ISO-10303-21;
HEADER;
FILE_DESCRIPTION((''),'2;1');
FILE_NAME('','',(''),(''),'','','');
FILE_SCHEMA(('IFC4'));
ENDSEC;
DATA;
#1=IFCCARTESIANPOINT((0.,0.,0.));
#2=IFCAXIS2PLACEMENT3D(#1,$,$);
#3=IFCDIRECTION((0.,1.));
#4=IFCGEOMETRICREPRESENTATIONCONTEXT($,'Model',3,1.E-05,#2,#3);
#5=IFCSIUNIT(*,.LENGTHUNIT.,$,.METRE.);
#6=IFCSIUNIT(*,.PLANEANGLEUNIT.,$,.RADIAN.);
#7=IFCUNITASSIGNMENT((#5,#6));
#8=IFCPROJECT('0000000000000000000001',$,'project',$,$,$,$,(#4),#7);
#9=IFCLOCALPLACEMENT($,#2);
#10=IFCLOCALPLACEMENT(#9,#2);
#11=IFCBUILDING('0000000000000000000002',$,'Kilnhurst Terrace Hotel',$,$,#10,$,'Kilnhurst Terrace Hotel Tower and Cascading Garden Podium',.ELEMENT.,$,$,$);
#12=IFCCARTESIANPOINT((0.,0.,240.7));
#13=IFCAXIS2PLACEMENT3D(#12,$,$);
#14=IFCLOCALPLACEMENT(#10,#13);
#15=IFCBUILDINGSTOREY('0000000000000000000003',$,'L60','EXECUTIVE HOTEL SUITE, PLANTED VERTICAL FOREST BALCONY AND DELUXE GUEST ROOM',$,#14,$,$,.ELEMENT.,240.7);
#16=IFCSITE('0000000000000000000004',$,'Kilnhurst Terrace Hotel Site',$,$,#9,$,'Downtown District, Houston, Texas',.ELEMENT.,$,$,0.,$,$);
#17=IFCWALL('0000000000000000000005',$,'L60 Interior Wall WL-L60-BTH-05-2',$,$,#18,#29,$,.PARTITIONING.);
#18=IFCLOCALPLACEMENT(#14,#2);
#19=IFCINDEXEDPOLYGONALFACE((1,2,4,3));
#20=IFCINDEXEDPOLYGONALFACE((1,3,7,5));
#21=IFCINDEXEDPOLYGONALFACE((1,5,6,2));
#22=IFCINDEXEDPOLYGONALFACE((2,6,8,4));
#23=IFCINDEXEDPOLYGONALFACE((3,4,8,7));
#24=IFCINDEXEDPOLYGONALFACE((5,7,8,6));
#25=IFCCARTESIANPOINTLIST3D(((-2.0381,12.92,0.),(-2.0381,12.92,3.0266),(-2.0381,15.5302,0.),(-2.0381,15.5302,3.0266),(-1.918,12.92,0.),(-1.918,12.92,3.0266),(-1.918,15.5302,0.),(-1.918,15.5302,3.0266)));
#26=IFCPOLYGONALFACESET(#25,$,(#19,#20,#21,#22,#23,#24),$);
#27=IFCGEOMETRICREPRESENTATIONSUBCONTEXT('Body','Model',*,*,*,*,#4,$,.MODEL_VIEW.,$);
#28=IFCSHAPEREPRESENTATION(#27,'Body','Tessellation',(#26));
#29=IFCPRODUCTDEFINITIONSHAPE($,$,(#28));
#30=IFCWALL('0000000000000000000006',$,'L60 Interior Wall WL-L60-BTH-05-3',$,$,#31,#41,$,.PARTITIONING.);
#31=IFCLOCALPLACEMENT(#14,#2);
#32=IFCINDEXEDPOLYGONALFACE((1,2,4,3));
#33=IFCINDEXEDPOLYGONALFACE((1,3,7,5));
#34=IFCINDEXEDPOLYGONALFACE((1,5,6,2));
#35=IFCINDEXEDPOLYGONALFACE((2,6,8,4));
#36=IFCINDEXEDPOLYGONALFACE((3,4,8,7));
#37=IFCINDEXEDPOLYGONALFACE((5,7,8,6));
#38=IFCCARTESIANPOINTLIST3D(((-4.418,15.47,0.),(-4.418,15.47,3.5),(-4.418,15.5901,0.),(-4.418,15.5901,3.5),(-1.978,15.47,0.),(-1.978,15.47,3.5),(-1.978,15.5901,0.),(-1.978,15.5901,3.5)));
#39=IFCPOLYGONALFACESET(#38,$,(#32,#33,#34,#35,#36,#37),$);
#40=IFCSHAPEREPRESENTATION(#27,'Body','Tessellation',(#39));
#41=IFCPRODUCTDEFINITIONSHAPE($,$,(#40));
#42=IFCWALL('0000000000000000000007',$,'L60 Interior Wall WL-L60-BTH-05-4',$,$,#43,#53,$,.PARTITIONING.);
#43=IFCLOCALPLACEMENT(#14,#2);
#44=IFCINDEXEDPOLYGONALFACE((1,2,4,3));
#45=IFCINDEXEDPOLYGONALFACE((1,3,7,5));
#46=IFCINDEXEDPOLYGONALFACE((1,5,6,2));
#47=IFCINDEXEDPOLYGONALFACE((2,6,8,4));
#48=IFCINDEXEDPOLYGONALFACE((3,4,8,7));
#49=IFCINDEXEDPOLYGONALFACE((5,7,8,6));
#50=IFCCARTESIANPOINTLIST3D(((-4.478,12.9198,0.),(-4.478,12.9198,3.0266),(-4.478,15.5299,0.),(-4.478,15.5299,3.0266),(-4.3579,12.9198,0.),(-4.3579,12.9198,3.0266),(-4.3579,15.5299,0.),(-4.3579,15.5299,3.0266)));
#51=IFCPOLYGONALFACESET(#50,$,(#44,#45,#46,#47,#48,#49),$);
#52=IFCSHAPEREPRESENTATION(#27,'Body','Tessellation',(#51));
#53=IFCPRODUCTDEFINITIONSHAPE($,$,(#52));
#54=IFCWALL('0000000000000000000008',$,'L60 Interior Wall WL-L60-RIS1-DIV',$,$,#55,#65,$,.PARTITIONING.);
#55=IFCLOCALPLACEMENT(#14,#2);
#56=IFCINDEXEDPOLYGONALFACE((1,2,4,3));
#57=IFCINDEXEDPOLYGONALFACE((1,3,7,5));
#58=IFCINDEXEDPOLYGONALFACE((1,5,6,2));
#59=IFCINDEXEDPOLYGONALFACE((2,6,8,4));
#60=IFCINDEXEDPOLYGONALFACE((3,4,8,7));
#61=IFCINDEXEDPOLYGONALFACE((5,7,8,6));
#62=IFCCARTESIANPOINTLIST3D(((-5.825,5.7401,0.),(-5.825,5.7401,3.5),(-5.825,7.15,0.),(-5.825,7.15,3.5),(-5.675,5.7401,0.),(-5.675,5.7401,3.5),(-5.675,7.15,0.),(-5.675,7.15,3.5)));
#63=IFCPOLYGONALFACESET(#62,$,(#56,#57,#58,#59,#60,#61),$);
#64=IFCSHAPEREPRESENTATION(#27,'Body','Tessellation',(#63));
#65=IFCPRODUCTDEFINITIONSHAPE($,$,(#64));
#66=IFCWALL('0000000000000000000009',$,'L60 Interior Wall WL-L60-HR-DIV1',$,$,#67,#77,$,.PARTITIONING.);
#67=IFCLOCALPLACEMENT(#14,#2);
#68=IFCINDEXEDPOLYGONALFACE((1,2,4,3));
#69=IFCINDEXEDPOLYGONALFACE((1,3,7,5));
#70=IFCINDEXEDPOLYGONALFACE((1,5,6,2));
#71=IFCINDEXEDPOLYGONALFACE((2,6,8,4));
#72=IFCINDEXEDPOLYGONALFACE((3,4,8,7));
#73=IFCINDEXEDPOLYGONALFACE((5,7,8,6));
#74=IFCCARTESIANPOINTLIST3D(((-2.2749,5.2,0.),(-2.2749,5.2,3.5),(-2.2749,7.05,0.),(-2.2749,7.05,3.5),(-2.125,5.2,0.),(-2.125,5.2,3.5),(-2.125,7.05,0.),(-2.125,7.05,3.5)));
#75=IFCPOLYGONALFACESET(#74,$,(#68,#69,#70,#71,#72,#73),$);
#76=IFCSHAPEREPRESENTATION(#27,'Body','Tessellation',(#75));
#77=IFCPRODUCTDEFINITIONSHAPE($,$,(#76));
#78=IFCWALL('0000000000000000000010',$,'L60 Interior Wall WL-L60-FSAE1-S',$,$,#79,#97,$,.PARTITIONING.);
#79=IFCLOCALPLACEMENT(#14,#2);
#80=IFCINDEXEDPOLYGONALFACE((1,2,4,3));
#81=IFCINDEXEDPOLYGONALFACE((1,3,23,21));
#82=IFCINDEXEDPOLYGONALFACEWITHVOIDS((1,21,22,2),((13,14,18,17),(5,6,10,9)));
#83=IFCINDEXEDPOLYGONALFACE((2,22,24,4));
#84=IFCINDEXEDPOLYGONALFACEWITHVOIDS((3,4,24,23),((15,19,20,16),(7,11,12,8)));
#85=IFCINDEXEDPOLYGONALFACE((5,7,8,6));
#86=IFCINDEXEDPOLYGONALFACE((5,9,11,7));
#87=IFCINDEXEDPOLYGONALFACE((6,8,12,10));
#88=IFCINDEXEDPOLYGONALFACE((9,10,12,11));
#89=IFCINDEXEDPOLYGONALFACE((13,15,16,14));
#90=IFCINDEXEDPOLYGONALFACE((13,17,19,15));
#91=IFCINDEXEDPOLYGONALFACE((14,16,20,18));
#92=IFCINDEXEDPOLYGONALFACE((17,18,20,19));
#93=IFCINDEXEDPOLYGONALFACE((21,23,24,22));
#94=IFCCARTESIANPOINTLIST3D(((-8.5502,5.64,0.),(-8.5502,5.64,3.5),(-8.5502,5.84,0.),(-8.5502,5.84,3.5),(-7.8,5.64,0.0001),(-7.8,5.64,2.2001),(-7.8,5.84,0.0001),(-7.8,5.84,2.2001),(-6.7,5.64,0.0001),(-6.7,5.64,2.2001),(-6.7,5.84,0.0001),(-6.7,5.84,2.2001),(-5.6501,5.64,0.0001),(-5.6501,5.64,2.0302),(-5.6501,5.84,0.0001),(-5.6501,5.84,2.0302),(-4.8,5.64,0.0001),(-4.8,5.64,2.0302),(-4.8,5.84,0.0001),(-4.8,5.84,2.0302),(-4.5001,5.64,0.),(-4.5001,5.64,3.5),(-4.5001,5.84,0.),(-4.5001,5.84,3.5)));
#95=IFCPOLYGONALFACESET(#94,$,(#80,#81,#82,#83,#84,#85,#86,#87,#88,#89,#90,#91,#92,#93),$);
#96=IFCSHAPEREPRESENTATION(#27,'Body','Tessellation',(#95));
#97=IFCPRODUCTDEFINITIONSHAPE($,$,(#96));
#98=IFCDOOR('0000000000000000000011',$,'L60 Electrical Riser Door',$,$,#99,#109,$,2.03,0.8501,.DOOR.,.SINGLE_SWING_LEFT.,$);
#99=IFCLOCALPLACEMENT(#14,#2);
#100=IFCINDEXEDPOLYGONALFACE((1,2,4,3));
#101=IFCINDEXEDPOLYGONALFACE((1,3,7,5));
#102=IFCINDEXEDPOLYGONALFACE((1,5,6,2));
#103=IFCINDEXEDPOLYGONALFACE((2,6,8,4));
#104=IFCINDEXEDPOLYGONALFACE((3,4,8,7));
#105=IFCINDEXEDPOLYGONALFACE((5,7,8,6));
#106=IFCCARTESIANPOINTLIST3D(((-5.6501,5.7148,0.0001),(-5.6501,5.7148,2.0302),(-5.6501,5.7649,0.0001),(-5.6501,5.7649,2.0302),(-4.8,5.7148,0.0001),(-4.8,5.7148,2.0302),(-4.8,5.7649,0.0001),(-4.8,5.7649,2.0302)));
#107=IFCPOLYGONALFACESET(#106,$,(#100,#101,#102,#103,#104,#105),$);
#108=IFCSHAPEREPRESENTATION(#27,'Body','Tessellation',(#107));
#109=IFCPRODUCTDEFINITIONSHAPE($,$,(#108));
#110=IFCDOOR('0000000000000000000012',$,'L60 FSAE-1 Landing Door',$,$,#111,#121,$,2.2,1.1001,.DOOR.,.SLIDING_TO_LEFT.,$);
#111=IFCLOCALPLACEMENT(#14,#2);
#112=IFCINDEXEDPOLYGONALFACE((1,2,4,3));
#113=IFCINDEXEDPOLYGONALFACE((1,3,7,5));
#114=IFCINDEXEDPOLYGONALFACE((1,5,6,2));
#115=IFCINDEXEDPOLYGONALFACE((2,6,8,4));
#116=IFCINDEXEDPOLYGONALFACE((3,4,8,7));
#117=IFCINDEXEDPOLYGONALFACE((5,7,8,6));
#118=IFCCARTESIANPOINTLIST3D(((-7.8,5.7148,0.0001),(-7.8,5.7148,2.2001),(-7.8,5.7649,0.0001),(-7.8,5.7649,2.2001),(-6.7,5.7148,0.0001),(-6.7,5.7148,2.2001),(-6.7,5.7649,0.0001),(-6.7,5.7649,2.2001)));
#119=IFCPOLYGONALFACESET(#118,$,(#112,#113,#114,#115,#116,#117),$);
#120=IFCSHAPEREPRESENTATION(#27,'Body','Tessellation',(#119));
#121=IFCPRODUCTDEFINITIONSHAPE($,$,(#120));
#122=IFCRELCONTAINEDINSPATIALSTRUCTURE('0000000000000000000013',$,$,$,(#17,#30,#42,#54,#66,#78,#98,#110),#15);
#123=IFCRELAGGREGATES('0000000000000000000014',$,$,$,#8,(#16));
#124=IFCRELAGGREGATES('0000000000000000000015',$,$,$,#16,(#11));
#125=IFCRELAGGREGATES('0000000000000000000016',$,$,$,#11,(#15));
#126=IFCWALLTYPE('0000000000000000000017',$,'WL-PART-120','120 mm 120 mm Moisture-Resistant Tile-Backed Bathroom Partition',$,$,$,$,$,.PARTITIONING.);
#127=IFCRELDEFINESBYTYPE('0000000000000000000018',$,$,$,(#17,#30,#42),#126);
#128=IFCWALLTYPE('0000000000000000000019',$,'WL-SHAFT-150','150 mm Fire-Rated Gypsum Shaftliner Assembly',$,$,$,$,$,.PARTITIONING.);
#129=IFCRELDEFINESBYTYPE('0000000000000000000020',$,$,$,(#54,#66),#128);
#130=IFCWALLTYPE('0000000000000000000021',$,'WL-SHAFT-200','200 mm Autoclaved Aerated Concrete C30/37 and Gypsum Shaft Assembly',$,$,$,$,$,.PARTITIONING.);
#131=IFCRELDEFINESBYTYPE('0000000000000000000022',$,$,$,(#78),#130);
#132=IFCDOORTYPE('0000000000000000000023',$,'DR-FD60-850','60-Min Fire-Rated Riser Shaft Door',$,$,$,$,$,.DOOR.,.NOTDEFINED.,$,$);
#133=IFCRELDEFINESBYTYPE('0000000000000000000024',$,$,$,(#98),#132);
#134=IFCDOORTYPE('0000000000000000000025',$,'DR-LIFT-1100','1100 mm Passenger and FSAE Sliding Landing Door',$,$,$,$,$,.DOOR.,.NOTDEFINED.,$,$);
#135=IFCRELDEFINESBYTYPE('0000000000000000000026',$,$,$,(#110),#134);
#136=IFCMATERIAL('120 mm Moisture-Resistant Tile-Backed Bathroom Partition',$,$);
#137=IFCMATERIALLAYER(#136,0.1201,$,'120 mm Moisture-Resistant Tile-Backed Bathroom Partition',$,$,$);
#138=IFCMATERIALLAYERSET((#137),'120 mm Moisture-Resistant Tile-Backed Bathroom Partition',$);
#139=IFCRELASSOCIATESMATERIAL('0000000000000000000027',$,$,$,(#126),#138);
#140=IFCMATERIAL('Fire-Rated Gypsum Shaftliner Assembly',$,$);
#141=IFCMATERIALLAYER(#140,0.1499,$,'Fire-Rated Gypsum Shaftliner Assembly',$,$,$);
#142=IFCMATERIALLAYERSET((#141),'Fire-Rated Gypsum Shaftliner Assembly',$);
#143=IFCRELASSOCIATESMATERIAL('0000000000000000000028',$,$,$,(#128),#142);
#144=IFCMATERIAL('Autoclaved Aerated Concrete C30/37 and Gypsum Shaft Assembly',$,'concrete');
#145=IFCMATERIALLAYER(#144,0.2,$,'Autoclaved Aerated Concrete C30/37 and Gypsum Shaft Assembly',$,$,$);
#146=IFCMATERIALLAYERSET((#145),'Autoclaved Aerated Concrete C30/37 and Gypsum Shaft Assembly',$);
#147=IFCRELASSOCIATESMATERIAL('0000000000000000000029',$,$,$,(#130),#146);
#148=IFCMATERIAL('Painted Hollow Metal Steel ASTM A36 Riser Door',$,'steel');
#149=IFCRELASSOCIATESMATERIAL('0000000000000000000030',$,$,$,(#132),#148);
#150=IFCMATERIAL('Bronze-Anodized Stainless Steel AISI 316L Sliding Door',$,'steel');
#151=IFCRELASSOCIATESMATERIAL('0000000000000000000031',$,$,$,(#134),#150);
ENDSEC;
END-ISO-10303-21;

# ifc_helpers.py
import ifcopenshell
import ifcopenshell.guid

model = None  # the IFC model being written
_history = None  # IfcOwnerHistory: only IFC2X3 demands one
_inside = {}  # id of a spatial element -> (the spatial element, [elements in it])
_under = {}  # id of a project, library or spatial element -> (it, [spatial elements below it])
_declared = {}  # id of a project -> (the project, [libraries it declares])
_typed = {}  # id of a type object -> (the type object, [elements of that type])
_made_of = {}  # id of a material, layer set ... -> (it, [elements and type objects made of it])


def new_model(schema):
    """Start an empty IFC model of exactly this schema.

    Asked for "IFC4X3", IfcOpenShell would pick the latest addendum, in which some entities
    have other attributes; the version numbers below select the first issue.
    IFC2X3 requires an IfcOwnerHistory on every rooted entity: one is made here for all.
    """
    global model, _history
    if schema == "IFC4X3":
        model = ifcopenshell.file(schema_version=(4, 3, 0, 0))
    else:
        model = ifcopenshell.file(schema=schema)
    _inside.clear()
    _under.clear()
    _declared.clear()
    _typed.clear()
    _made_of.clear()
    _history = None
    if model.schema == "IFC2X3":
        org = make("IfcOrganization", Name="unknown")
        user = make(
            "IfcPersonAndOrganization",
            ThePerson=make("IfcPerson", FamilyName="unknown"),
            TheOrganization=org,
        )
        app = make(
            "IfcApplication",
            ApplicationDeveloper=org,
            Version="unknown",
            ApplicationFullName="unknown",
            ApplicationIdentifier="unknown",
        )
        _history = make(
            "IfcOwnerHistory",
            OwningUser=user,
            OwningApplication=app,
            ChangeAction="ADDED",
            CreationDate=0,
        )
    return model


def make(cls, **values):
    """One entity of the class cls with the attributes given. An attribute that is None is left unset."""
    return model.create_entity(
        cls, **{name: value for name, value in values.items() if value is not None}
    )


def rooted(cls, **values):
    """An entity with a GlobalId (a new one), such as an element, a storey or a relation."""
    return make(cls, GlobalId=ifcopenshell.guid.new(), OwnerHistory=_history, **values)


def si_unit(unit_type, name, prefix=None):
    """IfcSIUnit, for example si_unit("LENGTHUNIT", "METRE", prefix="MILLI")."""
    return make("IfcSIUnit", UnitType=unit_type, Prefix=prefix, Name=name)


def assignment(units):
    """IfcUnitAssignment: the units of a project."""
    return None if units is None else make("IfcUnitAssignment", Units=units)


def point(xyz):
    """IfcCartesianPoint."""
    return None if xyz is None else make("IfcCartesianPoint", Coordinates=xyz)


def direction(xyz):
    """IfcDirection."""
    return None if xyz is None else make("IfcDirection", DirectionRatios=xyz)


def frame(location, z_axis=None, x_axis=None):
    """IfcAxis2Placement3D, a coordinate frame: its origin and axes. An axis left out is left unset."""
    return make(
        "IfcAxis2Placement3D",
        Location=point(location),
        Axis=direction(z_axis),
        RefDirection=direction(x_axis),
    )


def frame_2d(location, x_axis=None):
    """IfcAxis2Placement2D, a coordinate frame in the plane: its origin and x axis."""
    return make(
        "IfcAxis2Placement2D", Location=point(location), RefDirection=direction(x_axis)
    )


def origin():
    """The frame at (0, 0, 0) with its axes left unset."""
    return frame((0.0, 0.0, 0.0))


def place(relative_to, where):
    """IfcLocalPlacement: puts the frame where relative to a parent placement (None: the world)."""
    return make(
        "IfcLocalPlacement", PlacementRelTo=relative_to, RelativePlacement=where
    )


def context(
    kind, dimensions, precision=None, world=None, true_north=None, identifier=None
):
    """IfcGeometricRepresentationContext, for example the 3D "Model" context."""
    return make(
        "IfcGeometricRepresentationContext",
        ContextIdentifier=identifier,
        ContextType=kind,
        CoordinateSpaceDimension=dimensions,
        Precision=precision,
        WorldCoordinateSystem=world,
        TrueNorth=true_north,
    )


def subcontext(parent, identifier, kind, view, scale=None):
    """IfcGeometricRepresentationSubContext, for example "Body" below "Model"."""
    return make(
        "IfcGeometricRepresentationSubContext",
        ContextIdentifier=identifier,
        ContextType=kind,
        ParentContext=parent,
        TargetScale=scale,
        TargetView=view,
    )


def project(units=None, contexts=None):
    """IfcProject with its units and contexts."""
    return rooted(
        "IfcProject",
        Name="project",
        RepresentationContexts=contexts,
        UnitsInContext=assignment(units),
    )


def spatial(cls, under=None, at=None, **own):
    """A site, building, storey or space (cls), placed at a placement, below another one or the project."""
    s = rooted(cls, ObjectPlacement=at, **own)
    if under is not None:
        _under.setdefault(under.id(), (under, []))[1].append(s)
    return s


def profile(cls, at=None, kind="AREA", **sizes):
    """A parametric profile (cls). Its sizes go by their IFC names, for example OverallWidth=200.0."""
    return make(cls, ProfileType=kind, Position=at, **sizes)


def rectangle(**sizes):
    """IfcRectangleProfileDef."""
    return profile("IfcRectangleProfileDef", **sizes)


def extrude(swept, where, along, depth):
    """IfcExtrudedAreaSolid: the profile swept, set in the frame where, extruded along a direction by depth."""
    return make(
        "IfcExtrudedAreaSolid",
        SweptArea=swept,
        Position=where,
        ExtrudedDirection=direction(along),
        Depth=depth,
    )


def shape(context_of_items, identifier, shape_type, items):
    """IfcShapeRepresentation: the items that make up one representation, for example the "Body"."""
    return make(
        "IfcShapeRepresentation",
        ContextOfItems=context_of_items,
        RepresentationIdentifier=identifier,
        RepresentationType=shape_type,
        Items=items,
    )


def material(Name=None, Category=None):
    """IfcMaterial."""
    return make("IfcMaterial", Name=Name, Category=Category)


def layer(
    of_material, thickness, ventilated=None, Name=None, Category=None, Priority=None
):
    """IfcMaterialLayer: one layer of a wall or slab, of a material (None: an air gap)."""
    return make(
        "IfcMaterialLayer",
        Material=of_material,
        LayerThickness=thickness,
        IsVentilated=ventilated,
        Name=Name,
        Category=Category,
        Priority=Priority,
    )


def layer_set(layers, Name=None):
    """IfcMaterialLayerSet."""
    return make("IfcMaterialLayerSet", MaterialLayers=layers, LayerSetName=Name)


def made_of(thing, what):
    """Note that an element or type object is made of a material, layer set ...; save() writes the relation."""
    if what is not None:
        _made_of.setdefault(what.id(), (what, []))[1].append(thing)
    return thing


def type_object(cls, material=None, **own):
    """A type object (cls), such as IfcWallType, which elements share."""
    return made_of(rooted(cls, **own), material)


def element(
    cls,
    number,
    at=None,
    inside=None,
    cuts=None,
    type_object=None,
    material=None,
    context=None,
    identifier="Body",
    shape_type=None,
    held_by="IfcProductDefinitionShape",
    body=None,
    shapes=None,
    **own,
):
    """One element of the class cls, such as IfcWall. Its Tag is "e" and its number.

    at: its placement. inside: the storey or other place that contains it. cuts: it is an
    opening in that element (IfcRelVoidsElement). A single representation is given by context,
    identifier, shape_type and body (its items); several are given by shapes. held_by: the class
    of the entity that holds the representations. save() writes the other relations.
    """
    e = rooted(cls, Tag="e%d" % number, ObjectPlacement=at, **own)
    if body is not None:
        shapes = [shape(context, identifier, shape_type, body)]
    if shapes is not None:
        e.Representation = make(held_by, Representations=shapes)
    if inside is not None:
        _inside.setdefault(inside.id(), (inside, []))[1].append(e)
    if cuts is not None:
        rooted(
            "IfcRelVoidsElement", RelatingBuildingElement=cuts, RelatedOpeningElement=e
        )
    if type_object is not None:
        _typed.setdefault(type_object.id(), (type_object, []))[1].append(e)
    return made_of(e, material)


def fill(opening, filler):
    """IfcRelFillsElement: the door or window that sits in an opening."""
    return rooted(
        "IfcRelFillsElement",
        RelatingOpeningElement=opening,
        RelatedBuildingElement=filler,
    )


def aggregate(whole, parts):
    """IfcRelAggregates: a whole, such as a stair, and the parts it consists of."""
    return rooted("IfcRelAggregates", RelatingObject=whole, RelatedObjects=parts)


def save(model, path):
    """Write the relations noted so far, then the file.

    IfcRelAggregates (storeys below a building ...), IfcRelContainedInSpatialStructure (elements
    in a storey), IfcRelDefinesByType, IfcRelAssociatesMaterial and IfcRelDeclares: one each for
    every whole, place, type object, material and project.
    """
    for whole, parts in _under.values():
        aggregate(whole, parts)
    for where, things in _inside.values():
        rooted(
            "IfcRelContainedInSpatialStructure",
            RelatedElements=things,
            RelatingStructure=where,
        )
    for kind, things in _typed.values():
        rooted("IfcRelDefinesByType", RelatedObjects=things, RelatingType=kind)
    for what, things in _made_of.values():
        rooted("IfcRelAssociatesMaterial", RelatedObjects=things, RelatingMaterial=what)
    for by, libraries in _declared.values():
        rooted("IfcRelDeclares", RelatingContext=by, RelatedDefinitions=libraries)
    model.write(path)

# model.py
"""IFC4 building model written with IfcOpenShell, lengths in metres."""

from ifc_helpers import new_model, si_unit, direction, frame, frame_2d, origin, place, context, subcontext, project, spatial, rectangle, extrude, material, layer, layer_set, type_object, element, fill, save


model = new_model("IFC4")

# Units and contexts
model_context = context("Model", 3, precision=1e-05, world=origin(), true_north=direction((0.0, 1.0)))
body_context = subcontext(model_context, "Body", "Model", "MODEL_VIEW")
ifc_project = project(units=[si_unit("LENGTHUNIT", "METRE"), si_unit("PLANEANGLEUNIT", "RADIAN")], contexts=[model_context])

# Site, building, storey
site_placement = place(None, origin())
site = spatial("IfcSite", under=ifc_project, at=site_placement, Name="Kilnhurst Terrace Hotel Site", LongName="Downtown District, Houston, Texas", CompositionType="ELEMENT", RefElevation=0.0)
building_placement = place(site_placement, origin())
building = spatial("IfcBuilding", under=site, at=building_placement, Name="Kilnhurst Terrace Hotel", LongName="Kilnhurst Terrace Hotel Tower and Cascading Garden Podium", CompositionType="ELEMENT")
storey_placement = place(building_placement, frame((0.0, 0.0, 240.7)))
storey = spatial("IfcBuildingStorey", under=building, at=storey_placement, Name="L60", Description="EXECUTIVE HOTEL SUITE, PLANTED VERTICAL FOREST BALCONY AND DELUXE GUEST ROOM", CompositionType="ELEMENT", Elevation=240.7)

# Shared definitions
ifc_material_1 = material(Name="120 mm Moisture-Resistant Tile-Backed Bathroom Partition")
ifc_layer_1 = layer(ifc_material_1, 0.1201, Name="120 mm Moisture-Resistant Tile-Backed Bathroom Partition")
ifc_layer_set_1 = layer_set([ifc_layer_1], Name="120 mm Moisture-Resistant Tile-Backed Bathroom Partition")
wall_type_1 = type_object("IfcWallType", Name="WL-PART-120", Description="120 mm 120 mm Moisture-Resistant Tile-Backed Bathroom Partition", PredefinedType="PARTITIONING", material=ifc_layer_set_1)

# Walls
wall_1_placement = place(storey_placement, frame((-1.978, 12.9199, 0.0), z_axis=(0.0, 0.0, 1.0), x_axis=(0.0, 1.0, 0.0)))
element("IfcWall", 1, at=wall_1_placement, inside=storey, type_object=wall_type_1, Name="L60 Interior Wall WL-L60-BTH-05-2", PredefinedType="PARTITIONING", context=body_context, shape_type="SweptSolid", body=[
    extrude(rectangle(XDim=2.6101, YDim=0.1201, at=frame_2d((1.3052, 0.0))), origin(), (0.0, 0.0, 1.0), 3.0266),
])
wall_2_placement = place(storey_placement, frame((-1.978, 15.53, 0.0), z_axis=(0.0, 0.0, 1.0), x_axis=(-1.0, 0.0, 0.0)))
element("IfcWall", 2, at=wall_2_placement, inside=storey, type_object=wall_type_1, Name="L60 Interior Wall WL-L60-BTH-05-3", PredefinedType="PARTITIONING", context=body_context, shape_type="SweptSolid", body=[
    extrude(rectangle(XDim=2.4399, YDim=0.1201, at=frame_2d((1.22, 0.0))), origin(), (0.0, 0.0, 1.0), 3.5),
])
wall_3_placement = place(storey_placement, frame((-4.418, 15.53, 0.0), z_axis=(0.0, 0.0, 1.0), x_axis=(0.0, -1.0, 0.0)))
element("IfcWall", 3, at=wall_3_placement, inside=storey, type_object=wall_type_1, Name="L60 Interior Wall WL-L60-BTH-05-4", PredefinedType="PARTITIONING", context=body_context, shape_type="SweptSolid", body=[
    extrude(rectangle(XDim=2.6101, YDim=0.1201, at=frame_2d((1.3052, 0.0))), origin(), (0.0, 0.0, 1.0), 3.0266),
])
ifc_material_2 = material(Name="Fire-Rated Gypsum Shaftliner Assembly")
ifc_layer_2 = layer(ifc_material_2, 0.1499, Name="Fire-Rated Gypsum Shaftliner Assembly")
ifc_layer_set_2 = layer_set([ifc_layer_2], Name="Fire-Rated Gypsum Shaftliner Assembly")
wall_type_2 = type_object("IfcWallType", Name="WL-SHAFT-150", Description="150 mm Fire-Rated Gypsum Shaftliner Assembly", PredefinedType="PARTITIONING", material=ifc_layer_set_2)
wall_4_placement = place(storey_placement, frame((-5.75, 5.74, 0.0), z_axis=(0.0, 0.0, 1.0), x_axis=(0.0, 1.0, 0.0)))
element("IfcWall", 4, at=wall_4_placement, inside=storey, type_object=wall_type_2, Name="L60 Interior Wall WL-L60-RIS1-DIV", PredefinedType="PARTITIONING", context=body_context, shape_type="SweptSolid", body=[
    extrude(rectangle(XDim=1.4099, YDim=0.1499, at=frame_2d((0.7051, 0.0))), origin(), (0.0, 0.0, 1.0), 3.5),
])
wall_5_placement = place(storey_placement, frame((-2.2, 5.2, 0.0), z_axis=(0.0, 0.0, 1.0), x_axis=(0.0, 1.0, 0.0)))
element("IfcWall", 5, at=wall_5_placement, inside=storey, type_object=wall_type_2, Name="L60 Interior Wall WL-L60-HR-DIV1", PredefinedType="PARTITIONING", context=body_context, shape_type="SweptSolid", body=[
    extrude(rectangle(XDim=1.8501, YDim=0.1499, at=frame_2d((0.925, 0.0))), origin(), (0.0, 0.0, 1.0), 3.5),
])

# Wall, openings, doors
ifc_material_3 = material(Name="Autoclaved Aerated Concrete C30/37 and Gypsum Shaft Assembly", Category="concrete")
ifc_layer_3 = layer(ifc_material_3, 0.2, Name="Autoclaved Aerated Concrete C30/37 and Gypsum Shaft Assembly")
ifc_layer_set_3 = layer_set([ifc_layer_3], Name="Autoclaved Aerated Concrete C30/37 and Gypsum Shaft Assembly")
wall_type_3 = type_object("IfcWallType", Name="WL-SHAFT-200", Description="200 mm Autoclaved Aerated Concrete C30/37 and Gypsum Shaft Assembly", PredefinedType="PARTITIONING", material=ifc_layer_set_3)
wall_6_placement = place(storey_placement, frame((-8.55, 5.74, 0.0), z_axis=(0.0, 0.0, 1.0), x_axis=(1.0, 0.0, 0.0)))
wall_6 = element("IfcWall", 6, at=wall_6_placement, inside=storey, type_object=wall_type_3, Name="L60 Interior Wall WL-L60-FSAE1-S", PredefinedType="PARTITIONING", context=body_context, shape_type="SweptSolid", body=[
    extrude(rectangle(XDim=4.05, YDim=0.2, at=frame_2d((2.0249, 0.0))), origin(), (0.0, 0.0, 1.0), 3.5),
])
opening_1_placement = place(wall_6_placement, frame((0.75, 0.0, 0.0)))
opening_1 = element("IfcOpeningElement", 7, at=opening_1_placement, cuts=wall_6, PredefinedType="OPENING", context=body_context, shape_type="SweptSolid", body=[
    extrude(rectangle(XDim=1.1001, YDim=2.2, at=frame_2d((0.55, 1.1001))), frame((0.0, 0.1099, 0.0), z_axis=(0.0, -1.0, 0.0), x_axis=(1.0, 0.0, 0.0)), (0.0, 0.0, 1.0), 0.22),
])
opening_2_placement = place(wall_6_placement, frame((2.8999, 0.0, 0.0)))
opening_2 = element("IfcOpeningElement", 8, at=opening_2_placement, cuts=wall_6, PredefinedType="OPENING", context=body_context, shape_type="SweptSolid", body=[
    extrude(rectangle(XDim=0.8501, YDim=2.03, at=frame_2d((0.425, 1.0151))), frame((0.0, 0.1099, 0.0), z_axis=(0.0, -1.0, 0.0), x_axis=(1.0, 0.0, 0.0)), (0.0, 0.0, 1.0), 0.22),
])
ifc_material_4 = material(Name="Painted Hollow Metal Steel ASTM A36 Riser Door", Category="steel")
door_type_1 = type_object("IfcDoorType", Name="DR-FD60-850", Description="60-Min Fire-Rated Riser Shaft Door", OperationType="NOTDEFINED", PredefinedType="DOOR", material=ifc_material_4)
door_1_placement = place(opening_2_placement, origin())
door_1 = element("IfcDoor", 9, at=door_1_placement, inside=storey, type_object=door_type_1, Name="L60 Electrical Riser Door", OperationType="SINGLE_SWING_LEFT", OverallHeight=2.03, OverallWidth=0.8501, PredefinedType="DOOR", context=body_context, shape_type="SweptSolid", body=[
    extrude(rectangle(XDim=0.8501, YDim=2.03, at=frame_2d((0.425, 1.0151))), frame((0.0, 0.0249, 0.0), z_axis=(0.0, -1.0, 0.0), x_axis=(1.0, 0.0, 0.0)), (0.0, 0.0, 1.0), 0.05),
])
fill(opening_2, door_1)
ifc_material_5 = material(Name="Bronze-Anodized Stainless Steel AISI 316L Sliding Door", Category="steel")
door_type_2 = type_object("IfcDoorType", Name="DR-LIFT-1100", Description="1100 mm Passenger and FSAE Sliding Landing Door", OperationType="NOTDEFINED", PredefinedType="DOOR", material=ifc_material_5)
door_2_placement = place(opening_1_placement, origin())
door_2 = element("IfcDoor", 10, at=door_2_placement, inside=storey, type_object=door_type_2, Name="L60 FSAE-1 Landing Door", OperationType="SLIDING_TO_LEFT", OverallHeight=2.2, OverallWidth=1.1001, PredefinedType="DOOR", context=body_context, shape_type="SweptSolid", body=[
    extrude(rectangle(XDim=1.1001, YDim=2.2, at=frame_2d((0.55, 1.1001))), frame((0.0, 0.0249, 0.0), z_axis=(0.0, -1.0, 0.0), x_axis=(1.0, 0.0, 0.0)), (0.0, 0.0, 1.0), 0.05),
])
fill(opening_1, door_2)

save(model, "model.ifc")
